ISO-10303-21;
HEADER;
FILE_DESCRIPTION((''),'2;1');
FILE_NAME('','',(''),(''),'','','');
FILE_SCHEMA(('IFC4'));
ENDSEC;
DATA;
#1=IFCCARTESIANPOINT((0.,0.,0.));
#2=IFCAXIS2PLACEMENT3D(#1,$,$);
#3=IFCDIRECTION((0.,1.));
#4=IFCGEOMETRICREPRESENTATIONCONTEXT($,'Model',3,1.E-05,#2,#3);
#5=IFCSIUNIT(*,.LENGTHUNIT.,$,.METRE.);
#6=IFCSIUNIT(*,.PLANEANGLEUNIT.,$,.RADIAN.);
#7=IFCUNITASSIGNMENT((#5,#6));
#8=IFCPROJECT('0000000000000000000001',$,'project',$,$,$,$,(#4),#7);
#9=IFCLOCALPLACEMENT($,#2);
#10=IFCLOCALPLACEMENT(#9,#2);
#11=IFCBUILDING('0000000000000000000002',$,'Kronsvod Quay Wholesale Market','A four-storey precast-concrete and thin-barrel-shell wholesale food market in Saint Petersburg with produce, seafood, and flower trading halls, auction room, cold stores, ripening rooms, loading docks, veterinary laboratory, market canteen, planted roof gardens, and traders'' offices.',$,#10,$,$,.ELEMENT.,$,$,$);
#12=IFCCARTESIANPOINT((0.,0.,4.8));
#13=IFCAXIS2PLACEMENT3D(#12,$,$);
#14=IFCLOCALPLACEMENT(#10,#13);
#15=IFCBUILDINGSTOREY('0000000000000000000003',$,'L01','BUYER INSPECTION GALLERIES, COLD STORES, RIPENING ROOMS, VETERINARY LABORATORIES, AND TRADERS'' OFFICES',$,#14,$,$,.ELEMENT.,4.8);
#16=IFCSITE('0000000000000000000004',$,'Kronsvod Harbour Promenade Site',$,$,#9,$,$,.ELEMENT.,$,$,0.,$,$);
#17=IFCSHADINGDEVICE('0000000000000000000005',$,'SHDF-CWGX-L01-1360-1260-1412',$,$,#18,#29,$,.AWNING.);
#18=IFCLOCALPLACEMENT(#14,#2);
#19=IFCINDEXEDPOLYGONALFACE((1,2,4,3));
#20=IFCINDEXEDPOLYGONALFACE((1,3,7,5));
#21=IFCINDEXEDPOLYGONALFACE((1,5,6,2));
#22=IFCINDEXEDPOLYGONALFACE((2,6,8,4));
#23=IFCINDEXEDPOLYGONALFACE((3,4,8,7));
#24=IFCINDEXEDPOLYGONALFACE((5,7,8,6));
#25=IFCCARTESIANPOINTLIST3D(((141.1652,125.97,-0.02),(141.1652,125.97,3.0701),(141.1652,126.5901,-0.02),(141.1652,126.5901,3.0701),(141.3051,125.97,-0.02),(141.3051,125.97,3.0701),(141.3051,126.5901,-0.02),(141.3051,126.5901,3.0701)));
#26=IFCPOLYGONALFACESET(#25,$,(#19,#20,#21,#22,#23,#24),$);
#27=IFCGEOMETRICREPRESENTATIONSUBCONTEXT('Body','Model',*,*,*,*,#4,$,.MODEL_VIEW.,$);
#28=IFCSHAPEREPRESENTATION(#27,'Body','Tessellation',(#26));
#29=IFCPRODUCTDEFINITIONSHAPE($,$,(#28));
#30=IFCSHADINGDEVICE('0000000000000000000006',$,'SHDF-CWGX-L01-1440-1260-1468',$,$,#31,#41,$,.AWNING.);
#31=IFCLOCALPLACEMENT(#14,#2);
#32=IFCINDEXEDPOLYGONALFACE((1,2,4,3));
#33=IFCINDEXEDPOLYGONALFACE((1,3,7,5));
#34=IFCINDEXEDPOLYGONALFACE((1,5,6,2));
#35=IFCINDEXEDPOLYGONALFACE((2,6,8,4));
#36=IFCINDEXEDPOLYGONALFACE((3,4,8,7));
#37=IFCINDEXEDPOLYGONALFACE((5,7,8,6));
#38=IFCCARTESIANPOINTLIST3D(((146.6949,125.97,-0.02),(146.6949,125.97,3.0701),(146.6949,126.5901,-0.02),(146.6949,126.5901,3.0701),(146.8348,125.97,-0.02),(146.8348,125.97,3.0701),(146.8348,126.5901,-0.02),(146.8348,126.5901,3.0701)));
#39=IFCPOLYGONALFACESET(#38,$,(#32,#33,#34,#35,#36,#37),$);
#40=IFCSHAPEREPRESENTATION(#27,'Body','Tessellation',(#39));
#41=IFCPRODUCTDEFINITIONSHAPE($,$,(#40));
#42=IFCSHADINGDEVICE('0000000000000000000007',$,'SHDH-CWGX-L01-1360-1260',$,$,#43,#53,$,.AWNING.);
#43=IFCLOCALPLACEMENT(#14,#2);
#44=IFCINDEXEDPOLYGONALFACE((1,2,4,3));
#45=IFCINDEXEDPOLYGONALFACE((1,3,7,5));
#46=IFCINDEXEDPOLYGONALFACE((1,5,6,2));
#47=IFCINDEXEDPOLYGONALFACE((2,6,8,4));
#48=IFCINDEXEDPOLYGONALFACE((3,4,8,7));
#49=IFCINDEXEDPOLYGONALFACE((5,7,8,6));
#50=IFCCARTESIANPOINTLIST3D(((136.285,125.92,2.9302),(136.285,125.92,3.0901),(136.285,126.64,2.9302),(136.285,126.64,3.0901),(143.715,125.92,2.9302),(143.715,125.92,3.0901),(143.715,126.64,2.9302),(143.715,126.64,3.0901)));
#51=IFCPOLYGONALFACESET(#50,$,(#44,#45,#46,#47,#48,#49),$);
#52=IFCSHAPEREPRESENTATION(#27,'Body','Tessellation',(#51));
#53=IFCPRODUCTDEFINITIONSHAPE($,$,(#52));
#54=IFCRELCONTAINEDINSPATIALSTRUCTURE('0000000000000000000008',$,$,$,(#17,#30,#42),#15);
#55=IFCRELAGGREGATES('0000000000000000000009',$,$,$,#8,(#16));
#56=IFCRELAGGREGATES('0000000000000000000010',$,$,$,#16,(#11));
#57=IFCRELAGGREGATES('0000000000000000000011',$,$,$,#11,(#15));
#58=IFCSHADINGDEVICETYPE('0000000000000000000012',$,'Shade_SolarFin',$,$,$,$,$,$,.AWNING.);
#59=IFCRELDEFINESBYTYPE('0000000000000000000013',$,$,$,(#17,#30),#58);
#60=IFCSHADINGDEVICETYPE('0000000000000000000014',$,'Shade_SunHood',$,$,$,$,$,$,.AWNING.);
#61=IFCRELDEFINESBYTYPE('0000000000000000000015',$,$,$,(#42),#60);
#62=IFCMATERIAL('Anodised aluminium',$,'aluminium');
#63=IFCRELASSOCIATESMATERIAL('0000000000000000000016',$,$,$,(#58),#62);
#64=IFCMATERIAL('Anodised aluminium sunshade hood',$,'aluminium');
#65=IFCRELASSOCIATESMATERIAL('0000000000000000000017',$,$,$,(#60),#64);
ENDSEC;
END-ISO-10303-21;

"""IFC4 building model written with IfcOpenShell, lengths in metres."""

from ifc_helpers import new_model, si_unit, direction, frame, origin, origin_2d, place, context, subcontext, project, spatial, rectangle, extrude, material, type_object, element, save


model = new_model("IFC4")

# Units and contexts
model_context = context("Model", 3, precision=1e-05, world=origin(), true_north=direction((0.0, 1.0)))
body_context = subcontext(model_context, "Body", "Model", "MODEL_VIEW")
ifc_project = project(units=[si_unit("LENGTHUNIT", "METRE"), si_unit("PLANEANGLEUNIT", "RADIAN")], contexts=[model_context])

# Site, building, storey
site_placement = place(None, origin())
site = spatial("IfcSite", under=ifc_project, at=site_placement, Name="Kronsvod Harbour Promenade Site", CompositionType="ELEMENT", RefElevation=0.0)
building_placement = place(site_placement, origin())
building = spatial("IfcBuilding", under=site, at=building_placement, Name="Kronsvod Quay Wholesale Market", Description="A four-storey precast-concrete and thin-barrel-shell wholesale food market in Saint Petersburg with produce, seafood, and flower trading halls, auction room, cold stores, ripening rooms, loading docks, veterinary laboratory, market canteen, planted roof gardens, and traders' offices.", CompositionType="ELEMENT")
storey_placement = place(building_placement, frame((0.0, 0.0, 4.8)))
storey = spatial("IfcBuildingStorey", under=building, at=storey_placement, Name="L01", Description="BUYER INSPECTION GALLERIES, COLD STORES, RIPENING ROOMS, VETERINARY LABORATORIES, AND TRADERS' OFFICES", CompositionType="ELEMENT", Elevation=4.8)

# Shading devices
ifc_material_1 = material(Name="Anodised aluminium", Category="aluminium")
shading_device_type_1 = type_object("IfcShadingDeviceType", Name="Shade_SolarFin", PredefinedType="AWNING", material=ifc_material_1)
for number, where, z_axis, x_axis, name in (
    (1, (141.2351, 126.28, -0.02), (0.0, 0.0, 1.0), (1.0, 0.0, 0.0), "SHDF-CWGX-L01-1360-1260-1412"),
    (2, (146.7649, 126.28, -0.02), (0.0, 0.0, 1.0), (1.0, 0.0, 0.0), "SHDF-CWGX-L01-1440-1260-1468"),
):
    element("IfcShadingDevice", number, at=place(storey_placement, frame(where, z_axis=z_axis, x_axis=x_axis)), inside=storey, type_object=shading_device_type_1, Name=name, PredefinedType="AWNING", context=body_context, shape_type="SweptSolid", body=[
        extrude(rectangle(XDim=0.1399, YDim=0.6201, at=origin_2d()), origin(), (0.0, 0.0, 1.0), 3.0901),
    ])
ifc_material_2 = material(Name="Anodised aluminium sunshade hood", Category="aluminium")
shading_device_type_2 = type_object("IfcShadingDeviceType", Name="Shade_SunHood", PredefinedType="AWNING", material=ifc_material_2)
shading_device_placement = place(storey_placement, frame((140.0, 126.28, 2.9302), z_axis=(0.0, 0.0, 1.0), x_axis=(1.0, 0.0, 0.0)))
element("IfcShadingDevice", 3, at=shading_device_placement, inside=storey, type_object=shading_device_type_2, Name="SHDH-CWGX-L01-1360-1260", PredefinedType="AWNING", context=body_context, shape_type="SweptSolid", body=[
    extrude(rectangle(XDim=7.4299, YDim=0.72, at=origin_2d()), origin(), (0.0, 0.0, 1.0), 0.1599),
])

save(model, "model.ifc")
